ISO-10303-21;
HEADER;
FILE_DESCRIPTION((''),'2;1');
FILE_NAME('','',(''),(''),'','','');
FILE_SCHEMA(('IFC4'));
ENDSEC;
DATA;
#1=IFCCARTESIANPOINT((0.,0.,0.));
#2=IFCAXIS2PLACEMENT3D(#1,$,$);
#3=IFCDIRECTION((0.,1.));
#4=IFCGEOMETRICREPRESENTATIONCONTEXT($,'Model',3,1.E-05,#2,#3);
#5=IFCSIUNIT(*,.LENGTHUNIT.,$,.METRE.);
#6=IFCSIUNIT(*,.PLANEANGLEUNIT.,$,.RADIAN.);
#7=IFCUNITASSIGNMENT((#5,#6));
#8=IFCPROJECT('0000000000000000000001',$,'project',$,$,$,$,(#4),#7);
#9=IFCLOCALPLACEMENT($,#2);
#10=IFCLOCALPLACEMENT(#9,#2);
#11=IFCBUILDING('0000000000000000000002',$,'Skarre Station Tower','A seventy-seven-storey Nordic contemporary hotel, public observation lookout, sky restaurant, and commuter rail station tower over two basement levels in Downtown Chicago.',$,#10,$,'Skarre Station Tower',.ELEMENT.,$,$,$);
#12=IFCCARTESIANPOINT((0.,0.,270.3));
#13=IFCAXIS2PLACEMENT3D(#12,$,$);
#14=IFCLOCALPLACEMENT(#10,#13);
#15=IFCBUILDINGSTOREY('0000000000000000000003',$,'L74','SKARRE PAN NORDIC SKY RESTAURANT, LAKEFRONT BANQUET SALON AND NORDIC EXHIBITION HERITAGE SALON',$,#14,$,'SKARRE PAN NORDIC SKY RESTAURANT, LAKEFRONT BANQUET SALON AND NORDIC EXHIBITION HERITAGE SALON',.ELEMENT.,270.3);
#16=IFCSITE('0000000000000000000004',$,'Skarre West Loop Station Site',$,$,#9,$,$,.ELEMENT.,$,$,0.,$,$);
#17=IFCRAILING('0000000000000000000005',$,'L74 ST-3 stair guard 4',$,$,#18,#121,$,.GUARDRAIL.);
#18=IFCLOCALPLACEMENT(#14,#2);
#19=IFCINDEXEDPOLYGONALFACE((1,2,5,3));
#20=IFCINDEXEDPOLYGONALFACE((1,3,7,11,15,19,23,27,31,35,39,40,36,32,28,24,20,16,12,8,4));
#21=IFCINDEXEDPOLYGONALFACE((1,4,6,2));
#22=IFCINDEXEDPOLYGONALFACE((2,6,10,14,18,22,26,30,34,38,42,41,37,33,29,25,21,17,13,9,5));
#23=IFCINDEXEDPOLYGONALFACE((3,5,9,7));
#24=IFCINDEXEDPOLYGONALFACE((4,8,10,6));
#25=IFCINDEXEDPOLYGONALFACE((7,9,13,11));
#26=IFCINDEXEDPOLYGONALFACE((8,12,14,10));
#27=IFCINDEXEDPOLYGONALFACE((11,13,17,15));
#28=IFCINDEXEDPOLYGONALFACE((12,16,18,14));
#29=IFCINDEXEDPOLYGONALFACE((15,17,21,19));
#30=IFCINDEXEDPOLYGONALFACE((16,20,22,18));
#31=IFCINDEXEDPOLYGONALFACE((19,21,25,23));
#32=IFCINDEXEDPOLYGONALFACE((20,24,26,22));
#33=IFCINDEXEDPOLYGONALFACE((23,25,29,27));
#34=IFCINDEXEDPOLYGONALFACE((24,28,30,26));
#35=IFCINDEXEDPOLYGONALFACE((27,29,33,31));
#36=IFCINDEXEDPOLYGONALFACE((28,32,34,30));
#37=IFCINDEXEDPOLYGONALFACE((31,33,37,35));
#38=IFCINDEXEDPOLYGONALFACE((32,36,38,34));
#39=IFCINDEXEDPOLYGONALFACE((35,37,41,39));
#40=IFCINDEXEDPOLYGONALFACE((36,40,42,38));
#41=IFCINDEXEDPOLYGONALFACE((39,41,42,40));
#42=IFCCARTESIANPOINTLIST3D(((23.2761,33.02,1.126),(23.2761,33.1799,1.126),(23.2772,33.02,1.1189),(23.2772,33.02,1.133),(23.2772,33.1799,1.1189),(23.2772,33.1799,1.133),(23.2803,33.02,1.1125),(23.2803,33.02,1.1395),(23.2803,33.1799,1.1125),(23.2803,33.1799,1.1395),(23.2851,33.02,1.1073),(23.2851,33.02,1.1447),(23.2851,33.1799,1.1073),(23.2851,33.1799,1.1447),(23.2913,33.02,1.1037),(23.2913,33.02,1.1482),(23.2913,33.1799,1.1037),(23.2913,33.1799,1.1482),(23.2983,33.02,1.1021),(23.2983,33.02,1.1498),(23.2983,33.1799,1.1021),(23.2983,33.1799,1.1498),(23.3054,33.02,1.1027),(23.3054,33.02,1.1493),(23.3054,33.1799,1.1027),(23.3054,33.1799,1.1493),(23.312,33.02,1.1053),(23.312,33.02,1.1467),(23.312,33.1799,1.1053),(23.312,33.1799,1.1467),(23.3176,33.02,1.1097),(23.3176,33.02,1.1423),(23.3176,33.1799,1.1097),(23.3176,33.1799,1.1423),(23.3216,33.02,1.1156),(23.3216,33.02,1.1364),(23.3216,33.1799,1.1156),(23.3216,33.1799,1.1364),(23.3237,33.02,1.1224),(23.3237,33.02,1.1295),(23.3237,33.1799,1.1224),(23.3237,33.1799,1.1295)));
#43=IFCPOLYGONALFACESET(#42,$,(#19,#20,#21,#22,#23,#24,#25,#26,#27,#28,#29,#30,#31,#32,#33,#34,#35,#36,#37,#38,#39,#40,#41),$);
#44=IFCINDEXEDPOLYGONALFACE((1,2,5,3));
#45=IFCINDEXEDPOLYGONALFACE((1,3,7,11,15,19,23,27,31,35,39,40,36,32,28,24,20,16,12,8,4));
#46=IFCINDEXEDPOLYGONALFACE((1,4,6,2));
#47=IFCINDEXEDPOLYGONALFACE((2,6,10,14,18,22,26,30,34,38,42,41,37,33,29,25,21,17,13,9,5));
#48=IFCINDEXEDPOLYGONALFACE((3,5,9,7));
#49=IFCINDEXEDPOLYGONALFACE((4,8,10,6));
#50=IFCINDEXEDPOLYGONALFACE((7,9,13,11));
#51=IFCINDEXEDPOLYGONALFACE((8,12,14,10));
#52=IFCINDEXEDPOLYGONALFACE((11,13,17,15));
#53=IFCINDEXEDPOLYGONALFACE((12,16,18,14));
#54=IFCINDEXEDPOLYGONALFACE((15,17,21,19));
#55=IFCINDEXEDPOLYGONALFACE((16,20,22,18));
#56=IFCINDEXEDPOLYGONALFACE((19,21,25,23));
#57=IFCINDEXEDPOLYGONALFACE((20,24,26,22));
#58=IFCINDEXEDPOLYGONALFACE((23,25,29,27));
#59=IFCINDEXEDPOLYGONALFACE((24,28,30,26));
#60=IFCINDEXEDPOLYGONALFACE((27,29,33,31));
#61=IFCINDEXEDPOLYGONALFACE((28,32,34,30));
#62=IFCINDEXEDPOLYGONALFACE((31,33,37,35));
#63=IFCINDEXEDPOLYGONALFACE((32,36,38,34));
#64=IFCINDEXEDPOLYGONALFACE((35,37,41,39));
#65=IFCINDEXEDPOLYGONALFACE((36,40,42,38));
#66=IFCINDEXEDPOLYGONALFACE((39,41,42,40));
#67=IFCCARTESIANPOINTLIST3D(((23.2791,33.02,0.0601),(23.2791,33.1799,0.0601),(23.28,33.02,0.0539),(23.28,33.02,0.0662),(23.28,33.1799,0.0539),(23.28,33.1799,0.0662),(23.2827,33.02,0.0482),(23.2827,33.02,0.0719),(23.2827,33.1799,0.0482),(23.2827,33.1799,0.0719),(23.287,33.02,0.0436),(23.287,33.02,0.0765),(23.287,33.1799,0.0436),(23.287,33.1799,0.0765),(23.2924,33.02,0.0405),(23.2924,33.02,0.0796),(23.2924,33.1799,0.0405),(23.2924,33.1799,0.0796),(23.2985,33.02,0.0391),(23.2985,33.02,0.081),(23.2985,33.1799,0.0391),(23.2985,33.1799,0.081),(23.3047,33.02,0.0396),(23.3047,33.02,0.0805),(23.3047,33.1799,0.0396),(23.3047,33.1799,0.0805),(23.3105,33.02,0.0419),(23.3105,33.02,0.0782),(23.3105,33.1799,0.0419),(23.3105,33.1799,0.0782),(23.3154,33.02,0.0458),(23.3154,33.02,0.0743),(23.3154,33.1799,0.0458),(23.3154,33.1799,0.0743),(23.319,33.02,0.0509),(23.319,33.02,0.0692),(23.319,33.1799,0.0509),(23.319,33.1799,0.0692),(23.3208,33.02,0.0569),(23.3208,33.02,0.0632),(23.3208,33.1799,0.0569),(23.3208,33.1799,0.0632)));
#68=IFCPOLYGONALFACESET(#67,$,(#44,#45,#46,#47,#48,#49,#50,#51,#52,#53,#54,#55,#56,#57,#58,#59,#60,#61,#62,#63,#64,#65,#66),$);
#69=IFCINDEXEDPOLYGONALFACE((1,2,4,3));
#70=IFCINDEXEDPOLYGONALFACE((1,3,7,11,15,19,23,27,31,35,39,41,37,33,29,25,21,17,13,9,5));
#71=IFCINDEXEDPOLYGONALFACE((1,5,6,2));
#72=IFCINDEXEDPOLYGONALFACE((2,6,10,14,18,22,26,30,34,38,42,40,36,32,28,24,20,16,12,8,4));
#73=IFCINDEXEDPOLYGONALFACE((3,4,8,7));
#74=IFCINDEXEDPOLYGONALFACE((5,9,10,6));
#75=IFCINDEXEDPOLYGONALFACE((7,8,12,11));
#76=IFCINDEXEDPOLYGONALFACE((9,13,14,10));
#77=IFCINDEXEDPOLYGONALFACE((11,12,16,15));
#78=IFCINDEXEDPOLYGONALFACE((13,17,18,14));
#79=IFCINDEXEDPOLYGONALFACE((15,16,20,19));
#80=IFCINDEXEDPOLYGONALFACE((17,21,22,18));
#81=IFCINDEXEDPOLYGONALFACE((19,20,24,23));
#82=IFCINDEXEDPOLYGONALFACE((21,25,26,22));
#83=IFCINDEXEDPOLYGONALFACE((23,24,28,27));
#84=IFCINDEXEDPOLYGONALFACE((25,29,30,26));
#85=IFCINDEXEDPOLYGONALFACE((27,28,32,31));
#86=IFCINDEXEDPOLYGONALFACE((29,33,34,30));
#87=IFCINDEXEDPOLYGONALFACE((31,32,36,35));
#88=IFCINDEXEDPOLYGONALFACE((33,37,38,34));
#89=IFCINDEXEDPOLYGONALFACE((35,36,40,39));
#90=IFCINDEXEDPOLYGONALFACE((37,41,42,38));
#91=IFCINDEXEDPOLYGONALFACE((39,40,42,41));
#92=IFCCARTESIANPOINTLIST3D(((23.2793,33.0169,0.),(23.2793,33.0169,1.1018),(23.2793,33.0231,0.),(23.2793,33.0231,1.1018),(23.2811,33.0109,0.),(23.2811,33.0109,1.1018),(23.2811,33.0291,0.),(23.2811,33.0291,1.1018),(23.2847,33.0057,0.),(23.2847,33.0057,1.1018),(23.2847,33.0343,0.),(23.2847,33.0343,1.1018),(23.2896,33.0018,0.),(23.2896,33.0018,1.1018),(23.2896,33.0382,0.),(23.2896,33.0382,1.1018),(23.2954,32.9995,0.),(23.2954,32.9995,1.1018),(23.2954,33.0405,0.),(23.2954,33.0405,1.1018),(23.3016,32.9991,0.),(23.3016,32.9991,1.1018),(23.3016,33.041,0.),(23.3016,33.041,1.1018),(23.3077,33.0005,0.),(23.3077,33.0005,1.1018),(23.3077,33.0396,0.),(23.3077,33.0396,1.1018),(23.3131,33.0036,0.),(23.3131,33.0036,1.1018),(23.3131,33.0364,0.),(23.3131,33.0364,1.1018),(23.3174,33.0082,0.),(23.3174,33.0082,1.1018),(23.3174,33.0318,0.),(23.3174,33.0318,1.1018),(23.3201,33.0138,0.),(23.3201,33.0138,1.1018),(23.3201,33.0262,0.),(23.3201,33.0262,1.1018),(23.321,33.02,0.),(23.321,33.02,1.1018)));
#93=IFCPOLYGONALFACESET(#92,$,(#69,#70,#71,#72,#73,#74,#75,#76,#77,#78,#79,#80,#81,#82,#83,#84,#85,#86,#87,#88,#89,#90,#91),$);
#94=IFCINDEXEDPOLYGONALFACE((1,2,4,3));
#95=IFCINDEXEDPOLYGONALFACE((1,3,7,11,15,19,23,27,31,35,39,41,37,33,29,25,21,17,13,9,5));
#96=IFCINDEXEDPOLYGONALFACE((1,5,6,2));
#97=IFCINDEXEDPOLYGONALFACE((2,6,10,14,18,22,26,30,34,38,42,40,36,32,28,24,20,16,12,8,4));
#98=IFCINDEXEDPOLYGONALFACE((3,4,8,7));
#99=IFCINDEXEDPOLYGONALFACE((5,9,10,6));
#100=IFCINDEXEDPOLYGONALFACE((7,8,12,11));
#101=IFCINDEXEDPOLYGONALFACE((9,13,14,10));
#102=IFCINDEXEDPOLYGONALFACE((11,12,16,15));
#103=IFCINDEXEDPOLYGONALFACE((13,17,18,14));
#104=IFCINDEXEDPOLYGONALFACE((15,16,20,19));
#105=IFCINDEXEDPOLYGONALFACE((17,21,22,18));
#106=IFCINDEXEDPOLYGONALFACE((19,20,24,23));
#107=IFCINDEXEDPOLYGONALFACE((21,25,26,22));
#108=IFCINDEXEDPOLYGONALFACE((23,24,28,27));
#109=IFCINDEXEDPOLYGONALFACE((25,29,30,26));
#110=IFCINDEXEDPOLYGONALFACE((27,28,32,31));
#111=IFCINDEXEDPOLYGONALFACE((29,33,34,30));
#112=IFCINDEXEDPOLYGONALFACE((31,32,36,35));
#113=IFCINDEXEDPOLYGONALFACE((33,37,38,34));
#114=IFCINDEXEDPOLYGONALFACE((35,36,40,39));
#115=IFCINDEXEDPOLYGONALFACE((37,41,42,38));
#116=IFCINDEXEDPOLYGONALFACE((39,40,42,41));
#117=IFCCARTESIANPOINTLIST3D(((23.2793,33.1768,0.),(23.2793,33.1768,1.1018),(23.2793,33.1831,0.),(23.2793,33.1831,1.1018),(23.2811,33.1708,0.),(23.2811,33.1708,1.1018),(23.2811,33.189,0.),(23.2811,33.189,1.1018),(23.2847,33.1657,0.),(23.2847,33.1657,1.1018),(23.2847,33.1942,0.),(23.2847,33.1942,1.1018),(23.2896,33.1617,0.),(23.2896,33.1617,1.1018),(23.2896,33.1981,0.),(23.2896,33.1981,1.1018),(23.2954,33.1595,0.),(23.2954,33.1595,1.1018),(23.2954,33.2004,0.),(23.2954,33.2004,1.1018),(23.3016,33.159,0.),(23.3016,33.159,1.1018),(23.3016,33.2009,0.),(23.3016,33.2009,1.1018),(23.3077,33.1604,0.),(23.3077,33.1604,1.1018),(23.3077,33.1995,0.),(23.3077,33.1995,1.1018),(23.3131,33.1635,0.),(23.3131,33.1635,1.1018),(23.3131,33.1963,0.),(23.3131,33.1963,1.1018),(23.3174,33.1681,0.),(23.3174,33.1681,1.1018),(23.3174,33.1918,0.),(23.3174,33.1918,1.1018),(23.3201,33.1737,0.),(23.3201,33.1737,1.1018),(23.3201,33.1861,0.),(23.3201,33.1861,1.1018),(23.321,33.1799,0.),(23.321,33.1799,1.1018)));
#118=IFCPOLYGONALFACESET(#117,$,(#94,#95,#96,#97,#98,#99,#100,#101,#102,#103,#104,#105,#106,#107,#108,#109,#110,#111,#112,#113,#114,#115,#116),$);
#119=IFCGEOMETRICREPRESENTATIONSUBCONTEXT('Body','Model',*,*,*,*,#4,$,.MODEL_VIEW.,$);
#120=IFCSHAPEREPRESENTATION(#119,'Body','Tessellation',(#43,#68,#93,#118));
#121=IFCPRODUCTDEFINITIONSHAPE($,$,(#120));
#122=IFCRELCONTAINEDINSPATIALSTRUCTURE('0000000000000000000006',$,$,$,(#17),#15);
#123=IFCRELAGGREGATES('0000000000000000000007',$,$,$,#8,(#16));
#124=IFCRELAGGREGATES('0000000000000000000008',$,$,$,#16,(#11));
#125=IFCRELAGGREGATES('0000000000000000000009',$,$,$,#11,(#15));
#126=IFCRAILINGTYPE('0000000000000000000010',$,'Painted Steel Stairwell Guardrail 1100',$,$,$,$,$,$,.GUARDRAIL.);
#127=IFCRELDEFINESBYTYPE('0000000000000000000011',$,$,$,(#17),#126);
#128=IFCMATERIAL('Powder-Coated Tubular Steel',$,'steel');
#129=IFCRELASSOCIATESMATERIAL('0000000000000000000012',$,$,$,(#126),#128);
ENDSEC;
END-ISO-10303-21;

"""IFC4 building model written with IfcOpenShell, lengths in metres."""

from ifc_helpers import new_model, si_unit, direction, frame, origin, origin_2d, place, context, subcontext, project, spatial, circle, extrude, material, type_object, element, save


model = new_model("IFC4")

# Units and contexts
model_context = context("Model", 3, precision=1e-05, world=origin(), true_north=direction((0.0, 1.0)))
body_context = subcontext(model_context, "Body", "Model", "MODEL_VIEW")
ifc_project = project(units=[si_unit("LENGTHUNIT", "METRE"), si_unit("PLANEANGLEUNIT", "RADIAN")], contexts=[model_context])

# Site, building, storey
site_placement = place(None, origin())
site = spatial("IfcSite", under=ifc_project, at=site_placement, Name="Skarre West Loop Station Site", CompositionType="ELEMENT", RefElevation=0.0)
building_placement = place(site_placement, origin())
building = spatial("IfcBuilding", under=site, at=building_placement, Name="Skarre Station Tower", Description="A seventy-seven-storey Nordic contemporary hotel, public observation lookout, sky restaurant, and commuter rail station tower over two basement levels in Downtown Chicago.", LongName="Skarre Station Tower", CompositionType="ELEMENT")
storey_placement = place(building_placement, frame((0.0, 0.0, 270.3)))
storey = spatial("IfcBuildingStorey", under=building, at=storey_placement, Name="L74", Description="SKARRE PAN NORDIC SKY RESTAURANT, LAKEFRONT BANQUET SALON AND NORDIC EXHIBITION HERITAGE SALON", LongName="SKARRE PAN NORDIC SKY RESTAURANT, LAKEFRONT BANQUET SALON AND NORDIC EXHIBITION HERITAGE SALON", CompositionType="ELEMENT", Elevation=270.3)

# Railing
ifc_material_1 = material(Name="Powder-Coated Tubular Steel", Category="steel")
railing_type_1 = type_object("IfcRailingType", Name="Painted Steel Stairwell Guardrail 1100", PredefinedType="GUARDRAIL", material=ifc_material_1)
railing_1_placement = place(storey_placement, frame((23.3, 33.02, 0.0)))
element("IfcRailing", 1, at=railing_1_placement, inside=storey, type_object=railing_type_1, Name="L74 ST-3 stair guard 4", PredefinedType="GUARDRAIL", context=body_context, shape_type="SweptSolid", body=[
    extrude(circle(Radius=0.0239, at=origin_2d()), frame((0.0, 0.0, 1.126), z_axis=(0.0, 1.0, 0.0), x_axis=(-1.0, 0.0, 0.0)), (0.0, 0.0, 1.0), 0.1599),
    extrude(circle(Radius=0.021, at=origin_2d()), frame((0.0, 0.0, 0.0601), z_axis=(0.0, 1.0, 0.0), x_axis=(-1.0, 0.0, 0.0)), (0.0, 0.0, 1.0), 0.1599),
    extrude(circle(Radius=0.021, at=origin_2d()), origin(), (0.0, 0.0, 1.0), 1.1018),
    extrude(circle(Radius=0.021, at=origin_2d()), frame((0.0, 0.1599, 0.0)), (0.0, 0.0, 1.0), 1.1018),
])

save(model, "model.ifc")
